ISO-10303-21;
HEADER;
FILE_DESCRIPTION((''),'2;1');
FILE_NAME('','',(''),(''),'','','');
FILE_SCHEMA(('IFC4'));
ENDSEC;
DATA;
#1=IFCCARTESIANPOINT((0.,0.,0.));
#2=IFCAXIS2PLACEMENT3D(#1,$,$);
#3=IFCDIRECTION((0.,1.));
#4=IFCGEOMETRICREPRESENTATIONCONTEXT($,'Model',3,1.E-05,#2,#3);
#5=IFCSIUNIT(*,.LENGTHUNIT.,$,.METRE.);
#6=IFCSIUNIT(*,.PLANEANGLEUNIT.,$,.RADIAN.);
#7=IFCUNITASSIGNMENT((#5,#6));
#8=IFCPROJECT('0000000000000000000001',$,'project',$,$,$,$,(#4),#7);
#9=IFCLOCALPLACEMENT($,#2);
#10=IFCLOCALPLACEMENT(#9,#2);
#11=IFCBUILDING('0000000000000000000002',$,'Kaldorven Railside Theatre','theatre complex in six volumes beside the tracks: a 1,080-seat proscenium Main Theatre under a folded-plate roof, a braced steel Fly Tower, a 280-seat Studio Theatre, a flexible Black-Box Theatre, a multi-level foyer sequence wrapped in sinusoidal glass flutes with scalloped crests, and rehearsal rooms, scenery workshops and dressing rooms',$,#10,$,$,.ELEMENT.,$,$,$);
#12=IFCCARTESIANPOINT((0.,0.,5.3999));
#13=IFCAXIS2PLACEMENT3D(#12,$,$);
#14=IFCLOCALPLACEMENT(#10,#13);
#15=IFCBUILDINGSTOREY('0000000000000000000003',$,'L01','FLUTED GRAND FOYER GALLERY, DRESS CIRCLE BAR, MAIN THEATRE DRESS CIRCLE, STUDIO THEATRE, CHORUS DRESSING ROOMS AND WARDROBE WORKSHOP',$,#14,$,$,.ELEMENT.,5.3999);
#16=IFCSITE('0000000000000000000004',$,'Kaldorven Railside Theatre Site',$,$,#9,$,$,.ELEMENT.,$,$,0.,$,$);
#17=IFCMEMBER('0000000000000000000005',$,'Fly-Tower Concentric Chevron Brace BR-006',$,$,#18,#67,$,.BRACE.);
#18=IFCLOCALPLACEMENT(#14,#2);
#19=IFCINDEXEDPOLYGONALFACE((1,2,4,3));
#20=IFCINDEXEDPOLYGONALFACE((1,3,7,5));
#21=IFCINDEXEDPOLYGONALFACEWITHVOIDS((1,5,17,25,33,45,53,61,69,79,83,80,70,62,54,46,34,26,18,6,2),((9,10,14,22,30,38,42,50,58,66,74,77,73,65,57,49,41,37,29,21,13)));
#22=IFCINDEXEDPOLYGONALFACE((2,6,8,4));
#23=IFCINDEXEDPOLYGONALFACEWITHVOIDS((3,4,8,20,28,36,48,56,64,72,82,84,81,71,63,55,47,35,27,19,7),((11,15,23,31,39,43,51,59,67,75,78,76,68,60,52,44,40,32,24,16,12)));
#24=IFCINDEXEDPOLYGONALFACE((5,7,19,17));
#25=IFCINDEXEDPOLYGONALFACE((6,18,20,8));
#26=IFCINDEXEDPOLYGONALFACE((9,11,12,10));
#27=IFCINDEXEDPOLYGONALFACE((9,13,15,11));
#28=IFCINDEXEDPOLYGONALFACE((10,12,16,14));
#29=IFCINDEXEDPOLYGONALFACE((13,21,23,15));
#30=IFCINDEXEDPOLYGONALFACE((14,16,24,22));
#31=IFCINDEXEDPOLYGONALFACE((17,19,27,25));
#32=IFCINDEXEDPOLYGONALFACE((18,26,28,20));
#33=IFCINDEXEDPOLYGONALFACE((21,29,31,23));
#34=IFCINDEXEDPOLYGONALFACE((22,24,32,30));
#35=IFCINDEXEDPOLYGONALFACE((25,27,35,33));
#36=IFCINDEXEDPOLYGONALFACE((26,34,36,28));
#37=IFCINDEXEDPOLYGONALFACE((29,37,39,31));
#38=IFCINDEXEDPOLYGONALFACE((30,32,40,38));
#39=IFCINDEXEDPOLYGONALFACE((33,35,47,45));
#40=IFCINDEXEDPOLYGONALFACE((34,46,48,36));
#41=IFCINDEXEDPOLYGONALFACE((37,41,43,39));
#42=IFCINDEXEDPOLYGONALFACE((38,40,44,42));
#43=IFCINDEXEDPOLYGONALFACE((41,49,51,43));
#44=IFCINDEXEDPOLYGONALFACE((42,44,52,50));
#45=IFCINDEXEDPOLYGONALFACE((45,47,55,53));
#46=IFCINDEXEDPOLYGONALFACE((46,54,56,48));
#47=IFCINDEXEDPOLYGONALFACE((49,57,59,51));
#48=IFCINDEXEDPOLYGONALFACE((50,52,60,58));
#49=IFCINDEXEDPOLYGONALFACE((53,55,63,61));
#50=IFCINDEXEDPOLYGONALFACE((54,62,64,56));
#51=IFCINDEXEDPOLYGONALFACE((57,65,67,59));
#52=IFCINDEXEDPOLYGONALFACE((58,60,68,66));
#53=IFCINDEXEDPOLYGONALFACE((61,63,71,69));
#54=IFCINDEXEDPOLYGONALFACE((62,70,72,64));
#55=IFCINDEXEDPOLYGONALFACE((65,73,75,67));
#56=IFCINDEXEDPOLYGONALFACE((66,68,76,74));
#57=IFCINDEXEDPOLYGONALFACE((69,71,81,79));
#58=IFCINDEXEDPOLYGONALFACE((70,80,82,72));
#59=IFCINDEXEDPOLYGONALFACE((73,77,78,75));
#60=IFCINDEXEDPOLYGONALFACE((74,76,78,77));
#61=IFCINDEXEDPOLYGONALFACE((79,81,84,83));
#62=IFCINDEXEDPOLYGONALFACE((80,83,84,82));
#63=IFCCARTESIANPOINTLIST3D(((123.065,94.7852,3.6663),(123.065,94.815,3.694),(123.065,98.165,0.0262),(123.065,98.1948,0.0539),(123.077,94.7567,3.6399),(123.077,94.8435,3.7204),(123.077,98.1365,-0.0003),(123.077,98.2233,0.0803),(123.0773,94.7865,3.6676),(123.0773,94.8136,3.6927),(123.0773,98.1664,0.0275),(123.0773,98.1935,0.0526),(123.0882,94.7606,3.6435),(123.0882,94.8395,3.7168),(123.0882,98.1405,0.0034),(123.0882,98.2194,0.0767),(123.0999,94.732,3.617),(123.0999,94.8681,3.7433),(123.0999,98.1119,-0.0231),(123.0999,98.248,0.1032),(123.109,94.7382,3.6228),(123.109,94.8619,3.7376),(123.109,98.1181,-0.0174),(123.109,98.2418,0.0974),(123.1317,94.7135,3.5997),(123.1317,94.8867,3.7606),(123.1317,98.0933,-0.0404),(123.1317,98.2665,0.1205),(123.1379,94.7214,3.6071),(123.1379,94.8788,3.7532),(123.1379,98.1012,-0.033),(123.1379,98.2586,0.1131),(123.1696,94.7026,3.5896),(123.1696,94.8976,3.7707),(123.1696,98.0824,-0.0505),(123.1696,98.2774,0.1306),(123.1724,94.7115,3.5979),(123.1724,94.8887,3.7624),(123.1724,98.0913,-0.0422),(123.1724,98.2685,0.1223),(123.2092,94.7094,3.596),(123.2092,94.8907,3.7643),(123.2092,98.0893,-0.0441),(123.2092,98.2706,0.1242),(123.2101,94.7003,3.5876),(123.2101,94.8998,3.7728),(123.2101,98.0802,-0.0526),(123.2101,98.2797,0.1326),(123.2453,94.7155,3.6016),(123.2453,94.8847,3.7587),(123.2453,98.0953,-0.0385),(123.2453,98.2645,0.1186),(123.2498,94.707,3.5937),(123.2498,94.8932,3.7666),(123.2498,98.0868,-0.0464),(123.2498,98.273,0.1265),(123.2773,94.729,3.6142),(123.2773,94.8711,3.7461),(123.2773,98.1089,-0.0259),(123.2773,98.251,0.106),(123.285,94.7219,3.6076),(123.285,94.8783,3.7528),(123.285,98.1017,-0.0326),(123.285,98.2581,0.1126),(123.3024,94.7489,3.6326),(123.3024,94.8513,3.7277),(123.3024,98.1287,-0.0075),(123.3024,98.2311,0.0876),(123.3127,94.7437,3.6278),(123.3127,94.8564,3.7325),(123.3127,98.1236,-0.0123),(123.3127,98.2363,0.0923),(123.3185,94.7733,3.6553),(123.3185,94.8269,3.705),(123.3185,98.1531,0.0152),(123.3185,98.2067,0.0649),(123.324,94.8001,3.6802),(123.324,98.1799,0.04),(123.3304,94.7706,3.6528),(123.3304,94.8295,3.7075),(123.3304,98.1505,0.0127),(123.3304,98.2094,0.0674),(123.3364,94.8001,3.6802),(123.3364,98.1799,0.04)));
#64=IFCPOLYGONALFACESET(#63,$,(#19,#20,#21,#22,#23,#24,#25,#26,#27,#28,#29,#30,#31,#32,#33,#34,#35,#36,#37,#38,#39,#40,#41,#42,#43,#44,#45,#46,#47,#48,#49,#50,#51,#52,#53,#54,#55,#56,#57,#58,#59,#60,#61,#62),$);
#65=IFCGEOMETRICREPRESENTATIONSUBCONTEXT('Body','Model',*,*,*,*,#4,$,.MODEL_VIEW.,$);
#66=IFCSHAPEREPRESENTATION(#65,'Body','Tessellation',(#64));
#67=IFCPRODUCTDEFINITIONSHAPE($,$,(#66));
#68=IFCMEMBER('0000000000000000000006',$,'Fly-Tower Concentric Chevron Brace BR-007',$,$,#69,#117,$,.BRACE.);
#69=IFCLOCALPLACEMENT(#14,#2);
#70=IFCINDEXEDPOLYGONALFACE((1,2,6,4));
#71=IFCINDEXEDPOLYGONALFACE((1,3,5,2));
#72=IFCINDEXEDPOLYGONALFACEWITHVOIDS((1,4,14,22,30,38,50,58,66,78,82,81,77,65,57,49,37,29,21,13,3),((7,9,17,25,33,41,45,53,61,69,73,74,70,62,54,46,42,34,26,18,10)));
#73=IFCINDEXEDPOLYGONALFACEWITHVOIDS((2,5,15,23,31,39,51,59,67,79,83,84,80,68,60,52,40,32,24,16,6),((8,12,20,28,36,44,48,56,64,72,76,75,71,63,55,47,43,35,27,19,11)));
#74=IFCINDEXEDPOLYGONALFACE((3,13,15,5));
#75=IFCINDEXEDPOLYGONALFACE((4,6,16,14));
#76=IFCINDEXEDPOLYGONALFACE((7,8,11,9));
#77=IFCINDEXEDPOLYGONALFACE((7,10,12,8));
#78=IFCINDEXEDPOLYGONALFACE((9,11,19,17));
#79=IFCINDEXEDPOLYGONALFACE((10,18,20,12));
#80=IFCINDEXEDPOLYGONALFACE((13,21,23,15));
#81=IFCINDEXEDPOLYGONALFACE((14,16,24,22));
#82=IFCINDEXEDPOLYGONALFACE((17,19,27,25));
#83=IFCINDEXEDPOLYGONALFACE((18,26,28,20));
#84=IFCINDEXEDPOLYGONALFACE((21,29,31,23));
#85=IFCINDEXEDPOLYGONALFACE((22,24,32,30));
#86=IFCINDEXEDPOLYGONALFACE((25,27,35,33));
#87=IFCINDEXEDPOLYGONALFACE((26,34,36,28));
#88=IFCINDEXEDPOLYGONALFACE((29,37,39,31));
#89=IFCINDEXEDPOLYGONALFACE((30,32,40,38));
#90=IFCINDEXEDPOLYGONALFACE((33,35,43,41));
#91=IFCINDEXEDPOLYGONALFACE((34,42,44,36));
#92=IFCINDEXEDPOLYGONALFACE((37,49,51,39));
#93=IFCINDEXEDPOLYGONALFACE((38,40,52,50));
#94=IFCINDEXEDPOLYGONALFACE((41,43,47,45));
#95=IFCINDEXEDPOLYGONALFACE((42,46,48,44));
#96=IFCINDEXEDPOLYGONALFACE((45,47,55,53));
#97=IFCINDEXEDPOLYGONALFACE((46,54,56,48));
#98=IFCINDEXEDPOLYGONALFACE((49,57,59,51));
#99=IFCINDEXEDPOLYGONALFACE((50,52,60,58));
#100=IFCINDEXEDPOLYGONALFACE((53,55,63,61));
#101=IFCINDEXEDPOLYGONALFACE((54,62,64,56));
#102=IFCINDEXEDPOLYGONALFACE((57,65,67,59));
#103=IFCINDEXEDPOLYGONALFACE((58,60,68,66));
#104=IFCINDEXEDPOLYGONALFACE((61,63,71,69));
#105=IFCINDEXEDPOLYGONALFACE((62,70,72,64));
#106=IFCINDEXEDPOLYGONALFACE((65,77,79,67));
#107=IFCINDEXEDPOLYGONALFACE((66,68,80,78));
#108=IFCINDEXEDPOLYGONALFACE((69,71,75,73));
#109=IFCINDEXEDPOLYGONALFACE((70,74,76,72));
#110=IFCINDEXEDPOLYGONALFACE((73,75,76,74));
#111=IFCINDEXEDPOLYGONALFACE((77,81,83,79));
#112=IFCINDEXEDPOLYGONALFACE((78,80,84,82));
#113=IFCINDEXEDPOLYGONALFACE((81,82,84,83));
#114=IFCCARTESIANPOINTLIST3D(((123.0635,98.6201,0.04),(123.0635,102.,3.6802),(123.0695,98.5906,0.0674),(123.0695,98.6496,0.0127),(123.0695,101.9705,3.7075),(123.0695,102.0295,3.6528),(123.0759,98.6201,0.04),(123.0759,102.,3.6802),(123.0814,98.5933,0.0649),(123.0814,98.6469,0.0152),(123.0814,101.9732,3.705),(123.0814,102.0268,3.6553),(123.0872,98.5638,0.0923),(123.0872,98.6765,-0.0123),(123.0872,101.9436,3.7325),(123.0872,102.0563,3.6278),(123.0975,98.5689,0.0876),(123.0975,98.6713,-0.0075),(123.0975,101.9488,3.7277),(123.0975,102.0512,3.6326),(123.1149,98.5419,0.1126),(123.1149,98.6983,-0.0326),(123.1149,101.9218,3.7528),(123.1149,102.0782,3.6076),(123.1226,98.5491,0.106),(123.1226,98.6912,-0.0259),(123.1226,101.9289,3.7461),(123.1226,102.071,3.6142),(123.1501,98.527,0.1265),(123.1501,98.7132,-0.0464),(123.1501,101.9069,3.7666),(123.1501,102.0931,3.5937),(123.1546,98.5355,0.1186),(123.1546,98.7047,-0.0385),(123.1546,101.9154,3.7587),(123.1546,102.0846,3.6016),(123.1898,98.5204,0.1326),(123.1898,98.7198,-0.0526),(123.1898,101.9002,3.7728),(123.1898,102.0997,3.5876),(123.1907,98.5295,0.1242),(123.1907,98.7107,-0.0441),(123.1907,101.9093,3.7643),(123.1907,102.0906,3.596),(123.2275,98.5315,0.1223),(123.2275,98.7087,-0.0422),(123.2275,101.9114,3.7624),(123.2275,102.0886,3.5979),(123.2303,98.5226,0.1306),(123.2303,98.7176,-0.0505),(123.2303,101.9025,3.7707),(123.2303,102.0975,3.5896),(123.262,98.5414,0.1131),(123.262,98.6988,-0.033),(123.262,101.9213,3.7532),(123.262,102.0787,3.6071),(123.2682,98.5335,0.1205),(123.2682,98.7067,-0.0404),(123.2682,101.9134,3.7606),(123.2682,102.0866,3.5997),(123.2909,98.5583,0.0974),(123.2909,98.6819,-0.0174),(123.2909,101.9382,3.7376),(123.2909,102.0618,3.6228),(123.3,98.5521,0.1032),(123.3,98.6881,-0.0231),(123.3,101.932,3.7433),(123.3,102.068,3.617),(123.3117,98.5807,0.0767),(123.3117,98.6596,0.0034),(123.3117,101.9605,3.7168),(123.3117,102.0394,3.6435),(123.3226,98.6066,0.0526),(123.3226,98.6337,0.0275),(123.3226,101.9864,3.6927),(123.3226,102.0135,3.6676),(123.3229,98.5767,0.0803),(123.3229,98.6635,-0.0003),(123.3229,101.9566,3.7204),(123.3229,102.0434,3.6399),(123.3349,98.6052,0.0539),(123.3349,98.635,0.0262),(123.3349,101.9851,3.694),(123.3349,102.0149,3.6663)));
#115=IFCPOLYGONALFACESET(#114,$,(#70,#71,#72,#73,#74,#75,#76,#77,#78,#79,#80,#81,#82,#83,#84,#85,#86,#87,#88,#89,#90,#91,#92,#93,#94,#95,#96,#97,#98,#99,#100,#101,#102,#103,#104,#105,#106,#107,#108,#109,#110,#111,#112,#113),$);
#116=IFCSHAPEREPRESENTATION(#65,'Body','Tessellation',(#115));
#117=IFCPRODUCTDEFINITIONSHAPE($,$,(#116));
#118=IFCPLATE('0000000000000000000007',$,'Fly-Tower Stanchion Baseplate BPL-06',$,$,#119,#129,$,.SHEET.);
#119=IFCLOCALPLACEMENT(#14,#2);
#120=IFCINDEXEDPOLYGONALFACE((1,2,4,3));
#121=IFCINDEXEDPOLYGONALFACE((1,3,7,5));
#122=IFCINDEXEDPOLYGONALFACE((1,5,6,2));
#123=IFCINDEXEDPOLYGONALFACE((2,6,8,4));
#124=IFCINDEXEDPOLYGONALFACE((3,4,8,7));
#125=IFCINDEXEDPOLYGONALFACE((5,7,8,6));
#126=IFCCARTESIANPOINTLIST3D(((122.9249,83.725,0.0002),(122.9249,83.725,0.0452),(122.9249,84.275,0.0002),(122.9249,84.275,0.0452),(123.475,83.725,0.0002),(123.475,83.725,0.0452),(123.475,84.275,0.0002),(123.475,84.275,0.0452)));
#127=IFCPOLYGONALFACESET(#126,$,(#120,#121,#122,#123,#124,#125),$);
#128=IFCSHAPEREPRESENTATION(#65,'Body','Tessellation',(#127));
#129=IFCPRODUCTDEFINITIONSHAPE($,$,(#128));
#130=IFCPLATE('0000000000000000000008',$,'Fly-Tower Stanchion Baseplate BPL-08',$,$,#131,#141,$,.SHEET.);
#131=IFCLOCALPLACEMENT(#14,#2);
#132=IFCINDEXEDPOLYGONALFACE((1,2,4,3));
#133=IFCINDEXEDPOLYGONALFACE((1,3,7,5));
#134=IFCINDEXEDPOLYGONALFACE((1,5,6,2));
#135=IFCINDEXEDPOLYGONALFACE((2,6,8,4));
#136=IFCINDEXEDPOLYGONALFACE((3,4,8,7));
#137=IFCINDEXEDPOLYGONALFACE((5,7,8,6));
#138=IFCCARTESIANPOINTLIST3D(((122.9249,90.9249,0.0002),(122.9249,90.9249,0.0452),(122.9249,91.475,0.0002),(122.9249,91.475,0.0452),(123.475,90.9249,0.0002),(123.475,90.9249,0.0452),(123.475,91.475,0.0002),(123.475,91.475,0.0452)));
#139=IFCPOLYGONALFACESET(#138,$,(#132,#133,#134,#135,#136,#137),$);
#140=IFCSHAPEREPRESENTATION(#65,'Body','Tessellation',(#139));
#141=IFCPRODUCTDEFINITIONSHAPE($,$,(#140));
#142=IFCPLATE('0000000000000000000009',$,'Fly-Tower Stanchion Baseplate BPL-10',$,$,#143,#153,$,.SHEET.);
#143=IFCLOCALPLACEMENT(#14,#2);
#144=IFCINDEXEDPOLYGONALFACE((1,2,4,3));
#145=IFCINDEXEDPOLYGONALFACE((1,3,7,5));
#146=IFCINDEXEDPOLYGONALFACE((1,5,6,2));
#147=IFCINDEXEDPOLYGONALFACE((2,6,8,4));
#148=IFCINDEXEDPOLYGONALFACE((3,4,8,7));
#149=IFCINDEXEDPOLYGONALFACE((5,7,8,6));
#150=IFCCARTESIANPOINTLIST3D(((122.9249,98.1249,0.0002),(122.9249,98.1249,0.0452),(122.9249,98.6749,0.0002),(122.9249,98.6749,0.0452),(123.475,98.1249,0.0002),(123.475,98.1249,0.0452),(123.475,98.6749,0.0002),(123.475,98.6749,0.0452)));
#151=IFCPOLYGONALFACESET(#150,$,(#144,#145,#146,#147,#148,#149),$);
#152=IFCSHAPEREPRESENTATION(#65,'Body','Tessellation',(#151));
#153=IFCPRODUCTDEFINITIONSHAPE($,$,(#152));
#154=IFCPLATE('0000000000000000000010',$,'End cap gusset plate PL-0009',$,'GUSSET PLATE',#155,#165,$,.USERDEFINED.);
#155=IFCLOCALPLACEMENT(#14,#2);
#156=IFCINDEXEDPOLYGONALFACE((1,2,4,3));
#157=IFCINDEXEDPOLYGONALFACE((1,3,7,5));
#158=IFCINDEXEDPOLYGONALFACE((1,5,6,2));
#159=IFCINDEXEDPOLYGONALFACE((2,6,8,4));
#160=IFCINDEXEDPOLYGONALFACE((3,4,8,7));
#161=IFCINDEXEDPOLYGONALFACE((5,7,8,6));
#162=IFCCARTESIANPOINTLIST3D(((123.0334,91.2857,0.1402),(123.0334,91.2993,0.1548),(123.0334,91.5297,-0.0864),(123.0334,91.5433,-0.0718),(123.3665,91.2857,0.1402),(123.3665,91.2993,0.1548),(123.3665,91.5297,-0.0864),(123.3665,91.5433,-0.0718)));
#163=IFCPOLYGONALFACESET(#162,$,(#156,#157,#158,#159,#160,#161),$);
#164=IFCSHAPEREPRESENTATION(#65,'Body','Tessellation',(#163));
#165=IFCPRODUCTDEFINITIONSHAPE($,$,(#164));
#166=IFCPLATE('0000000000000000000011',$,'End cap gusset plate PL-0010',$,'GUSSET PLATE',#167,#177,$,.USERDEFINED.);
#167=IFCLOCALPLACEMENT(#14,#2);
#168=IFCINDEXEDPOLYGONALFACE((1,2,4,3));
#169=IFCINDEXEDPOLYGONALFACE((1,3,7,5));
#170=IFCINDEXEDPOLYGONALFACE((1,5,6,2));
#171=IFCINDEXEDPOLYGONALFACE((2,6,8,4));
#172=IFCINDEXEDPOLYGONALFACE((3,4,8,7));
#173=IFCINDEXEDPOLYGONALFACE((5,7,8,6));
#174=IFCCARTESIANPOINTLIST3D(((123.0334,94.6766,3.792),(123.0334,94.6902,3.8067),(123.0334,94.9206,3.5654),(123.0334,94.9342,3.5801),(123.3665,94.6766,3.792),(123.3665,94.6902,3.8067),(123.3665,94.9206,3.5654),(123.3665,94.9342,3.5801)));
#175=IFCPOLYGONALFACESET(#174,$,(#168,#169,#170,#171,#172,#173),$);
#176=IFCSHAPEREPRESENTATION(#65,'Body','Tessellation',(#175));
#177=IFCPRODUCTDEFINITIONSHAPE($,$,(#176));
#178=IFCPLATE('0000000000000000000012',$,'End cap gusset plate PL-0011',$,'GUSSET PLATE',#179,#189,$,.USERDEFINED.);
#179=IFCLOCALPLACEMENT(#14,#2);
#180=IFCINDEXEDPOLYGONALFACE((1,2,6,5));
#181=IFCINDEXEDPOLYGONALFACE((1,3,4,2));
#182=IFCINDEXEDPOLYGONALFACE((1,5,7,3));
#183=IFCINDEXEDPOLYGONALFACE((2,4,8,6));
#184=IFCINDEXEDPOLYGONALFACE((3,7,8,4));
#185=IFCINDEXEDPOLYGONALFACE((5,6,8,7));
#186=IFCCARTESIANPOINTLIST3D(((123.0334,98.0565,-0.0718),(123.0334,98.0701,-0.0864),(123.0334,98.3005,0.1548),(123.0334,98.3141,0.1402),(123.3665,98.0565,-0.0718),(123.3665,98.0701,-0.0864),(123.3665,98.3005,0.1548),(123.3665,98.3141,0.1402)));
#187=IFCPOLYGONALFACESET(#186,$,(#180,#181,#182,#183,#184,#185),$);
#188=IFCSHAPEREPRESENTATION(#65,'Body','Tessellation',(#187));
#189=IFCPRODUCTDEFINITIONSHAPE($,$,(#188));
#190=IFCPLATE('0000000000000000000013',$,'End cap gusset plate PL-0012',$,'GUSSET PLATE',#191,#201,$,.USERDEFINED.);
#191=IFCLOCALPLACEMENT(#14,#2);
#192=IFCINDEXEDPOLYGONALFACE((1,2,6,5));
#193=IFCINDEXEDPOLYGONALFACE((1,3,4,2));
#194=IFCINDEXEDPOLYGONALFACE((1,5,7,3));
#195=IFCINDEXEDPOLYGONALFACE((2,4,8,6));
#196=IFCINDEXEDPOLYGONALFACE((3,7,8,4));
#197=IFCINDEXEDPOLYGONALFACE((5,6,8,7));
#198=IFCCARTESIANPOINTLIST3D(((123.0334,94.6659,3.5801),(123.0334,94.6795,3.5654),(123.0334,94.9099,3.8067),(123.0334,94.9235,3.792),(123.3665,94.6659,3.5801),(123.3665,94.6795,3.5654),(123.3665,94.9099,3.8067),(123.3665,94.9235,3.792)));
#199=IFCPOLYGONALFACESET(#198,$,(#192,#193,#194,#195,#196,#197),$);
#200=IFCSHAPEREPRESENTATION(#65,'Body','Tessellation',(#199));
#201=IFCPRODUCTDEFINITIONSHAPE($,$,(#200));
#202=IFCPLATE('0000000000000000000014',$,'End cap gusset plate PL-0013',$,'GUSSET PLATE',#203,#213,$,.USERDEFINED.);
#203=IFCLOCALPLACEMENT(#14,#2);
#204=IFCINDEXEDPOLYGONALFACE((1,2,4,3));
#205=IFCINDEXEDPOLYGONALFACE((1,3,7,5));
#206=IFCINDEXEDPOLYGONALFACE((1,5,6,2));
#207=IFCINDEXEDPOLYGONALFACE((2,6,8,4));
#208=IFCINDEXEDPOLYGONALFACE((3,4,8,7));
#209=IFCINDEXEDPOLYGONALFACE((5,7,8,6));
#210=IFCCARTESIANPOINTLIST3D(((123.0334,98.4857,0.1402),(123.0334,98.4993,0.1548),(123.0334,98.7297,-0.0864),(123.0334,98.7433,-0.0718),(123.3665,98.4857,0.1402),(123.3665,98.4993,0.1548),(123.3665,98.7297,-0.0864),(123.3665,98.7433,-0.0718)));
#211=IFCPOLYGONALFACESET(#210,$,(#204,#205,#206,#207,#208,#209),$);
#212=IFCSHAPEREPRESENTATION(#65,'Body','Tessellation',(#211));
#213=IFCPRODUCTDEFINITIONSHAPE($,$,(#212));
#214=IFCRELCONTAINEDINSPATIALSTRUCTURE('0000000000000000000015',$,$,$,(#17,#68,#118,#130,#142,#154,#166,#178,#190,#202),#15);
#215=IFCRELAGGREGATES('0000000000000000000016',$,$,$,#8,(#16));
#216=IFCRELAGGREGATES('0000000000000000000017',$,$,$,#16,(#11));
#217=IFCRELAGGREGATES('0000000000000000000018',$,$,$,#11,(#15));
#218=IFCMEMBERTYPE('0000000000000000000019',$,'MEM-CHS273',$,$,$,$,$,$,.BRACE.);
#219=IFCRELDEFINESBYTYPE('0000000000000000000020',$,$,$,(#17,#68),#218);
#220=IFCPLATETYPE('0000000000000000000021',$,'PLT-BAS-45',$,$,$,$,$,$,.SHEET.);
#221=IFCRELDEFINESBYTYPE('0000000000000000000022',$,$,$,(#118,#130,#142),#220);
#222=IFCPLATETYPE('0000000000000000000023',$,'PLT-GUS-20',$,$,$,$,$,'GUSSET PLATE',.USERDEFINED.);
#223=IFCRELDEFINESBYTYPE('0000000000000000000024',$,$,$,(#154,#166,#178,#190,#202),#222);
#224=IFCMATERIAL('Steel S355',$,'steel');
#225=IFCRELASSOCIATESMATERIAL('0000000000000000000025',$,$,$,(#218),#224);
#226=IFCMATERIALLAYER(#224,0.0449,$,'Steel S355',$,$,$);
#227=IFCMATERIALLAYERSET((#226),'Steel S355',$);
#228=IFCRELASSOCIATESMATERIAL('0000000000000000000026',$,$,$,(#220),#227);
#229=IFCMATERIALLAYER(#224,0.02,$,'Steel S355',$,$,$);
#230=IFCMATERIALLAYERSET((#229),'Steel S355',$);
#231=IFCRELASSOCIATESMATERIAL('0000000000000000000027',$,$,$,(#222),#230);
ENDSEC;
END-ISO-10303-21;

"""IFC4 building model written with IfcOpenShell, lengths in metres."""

from ifc_helpers import new_model, si_unit, direction, frame, origin, origin_2d, place, context, subcontext, project, spatial, rectangle, hollow_circle, extrude, material, layer, layer_set, material_profile, profile_set, type_object, element, save


model = new_model("IFC4")

# Units and contexts
model_context = context("Model", 3, precision=1e-05, world=origin(), true_north=direction((0.0, 1.0)))
body_context = subcontext(model_context, "Body", "Model", "MODEL_VIEW")
ifc_project = project(units=[si_unit("LENGTHUNIT", "METRE"), si_unit("PLANEANGLEUNIT", "RADIAN")], contexts=[model_context])

# Site, building, storey
site_placement = place(None, origin())
site = spatial("IfcSite", under=ifc_project, at=site_placement, Name="Kaldorven Railside Theatre Site", CompositionType="ELEMENT", RefElevation=0.0)
building_placement = place(site_placement, origin())
building = spatial("IfcBuilding", under=site, at=building_placement, Name="Kaldorven Railside Theatre", Description="theatre complex in six volumes beside the tracks: a 1,080-seat proscenium Main Theatre under a folded-plate roof, a braced steel Fly Tower, a 280-seat Studio Theatre, a flexible Black-Box Theatre, a multi-level foyer sequence wrapped in sinusoidal glass flutes with scalloped crests, and rehearsal rooms, scenery workshops and dressing rooms", CompositionType="ELEMENT")
storey_placement = place(building_placement, frame((0.0, 0.0, 5.3999)))
storey = spatial("IfcBuildingStorey", under=building, at=storey_placement, Name="L01", Description="FLUTED GRAND FOYER GALLERY, DRESS CIRCLE BAR, MAIN THEATRE DRESS CIRCLE, STUDIO THEATRE, CHORUS DRESSING ROOMS AND WARDROBE WORKSHOP", CompositionType="ELEMENT", Elevation=5.3999)

# Shared definitions
ifc_material_1 = material(Name="Steel S355", Category="steel")

# Members
ifc_material_profile_1 = material_profile(ifc_material_1, hollow_circle(Radius=0.1365, WallThickness=0.0125, at=origin_2d()), Name="CHS 273x12.5")
ifc_profile_set_1 = profile_set([ifc_material_profile_1], Name="Steel S355")
member_type = type_object("IfcMemberType", Name="MEM-CHS273", PredefinedType="BRACE", material=ifc_profile_set_1)
for number, where, z_axis, x_axis, name in (
    (1, (123.2, 98.1799, 0.04), (0.0, -0.680425, 0.732818), (1.0, 0.0, 0.0), "Fly-Tower Concentric Chevron Brace BR-006"),
    (2, (123.2, 98.6201, 0.04), (0.0, 0.680425, 0.732818), (-1.0, 0.0, 0.0), "Fly-Tower Concentric Chevron Brace BR-007"),
):
    element("IfcMember", number, at=place(storey_placement, frame(where, z_axis=z_axis, x_axis=x_axis)), inside=storey, type_object=member_type, Name=name, PredefinedType="BRACE", context=body_context, shape_type="SweptSolid", body=[
        extrude(hollow_circle(Radius=0.1365, WallThickness=0.0125, at=origin_2d()), origin(), (0.0, 0.0, 1.0), 4.9673),
    ])

# Plates
ifc_layer_1 = layer(ifc_material_1, 0.0449, Name="Steel S355")
ifc_layer_set_1 = layer_set([ifc_layer_1], Name="Steel S355")
plate_type_1 = type_object("IfcPlateType", Name="PLT-BAS-45", PredefinedType="SHEET", material=ifc_layer_set_1)
for number, where, z_axis, x_axis, name in (
    (3, (123.2, 84.0, 0.0002), (0.0, 0.0, 1.0), (1.0, 0.0, 0.0), "Fly-Tower Stanchion Baseplate BPL-06"),
    (4, (123.2, 91.2, 0.0002), (0.0, 0.0, 1.0), (1.0, 0.0, 0.0), "Fly-Tower Stanchion Baseplate BPL-08"),
    (5, (123.2, 98.3999, 0.0002), (0.0, 0.0, 1.0), (1.0, 0.0, 0.0), "Fly-Tower Stanchion Baseplate BPL-10"),
):
    element("IfcPlate", number, at=place(storey_placement, frame(where, z_axis=z_axis, x_axis=x_axis)), inside=storey, type_object=plate_type_1, Name=name, PredefinedType="SHEET", context=body_context, shape_type="SweptSolid", body=[
        extrude(rectangle(XDim=0.55, YDim=0.55, at=origin_2d()), origin(), (0.0, 0.0, 1.0), 0.0449),
    ])
ifc_layer_2 = layer(ifc_material_1, 0.02, Name="Steel S355")
ifc_layer_set_2 = layer_set([ifc_layer_2], Name="Steel S355")
plate_type_2 = type_object("IfcPlateType", Name="PLT-GUS-20", ElementType="GUSSET PLATE", PredefinedType="USERDEFINED", material=ifc_layer_set_2)
for number, where, z_axis, x_axis, name in (
    (6, (123.2, 91.4077, 0.0269), (0.0, 0.680465, 0.73278), (-1.0, 0.0, 0.0), "End cap gusset plate PL-0009"),
    (7, (123.2, 94.7986, 3.6787), (0.0, 0.680465, 0.73278), (-1.0, 0.0, 0.0), "End cap gusset plate PL-0010"),
    (8, (123.2, 98.1921, 0.0269), (0.0, -0.680465, 0.73278), (1.0, 0.0, 0.0), "End cap gusset plate PL-0011"),
    (9, (123.2, 94.8015, 3.6787), (0.0, -0.680465, 0.73278), (1.0, 0.0, 0.0), "End cap gusset plate PL-0012"),
    (10, (123.2, 98.6077, 0.0269), (0.0, 0.680465, 0.73278), (-1.0, 0.0, 0.0), "End cap gusset plate PL-0013"),
):
    element("IfcPlate", number, at=place(storey_placement, frame(where, z_axis=z_axis, x_axis=x_axis)), inside=storey, type_object=plate_type_2, Name=name, ObjectType="GUSSET PLATE", PredefinedType="USERDEFINED", context=body_context, shape_type="SweptSolid", body=[
        extrude(rectangle(XDim=0.333, YDim=0.333, at=origin_2d()), origin(), (0.0, 0.0, 1.0), 0.02),
    ])

save(model, "model.ifc")
